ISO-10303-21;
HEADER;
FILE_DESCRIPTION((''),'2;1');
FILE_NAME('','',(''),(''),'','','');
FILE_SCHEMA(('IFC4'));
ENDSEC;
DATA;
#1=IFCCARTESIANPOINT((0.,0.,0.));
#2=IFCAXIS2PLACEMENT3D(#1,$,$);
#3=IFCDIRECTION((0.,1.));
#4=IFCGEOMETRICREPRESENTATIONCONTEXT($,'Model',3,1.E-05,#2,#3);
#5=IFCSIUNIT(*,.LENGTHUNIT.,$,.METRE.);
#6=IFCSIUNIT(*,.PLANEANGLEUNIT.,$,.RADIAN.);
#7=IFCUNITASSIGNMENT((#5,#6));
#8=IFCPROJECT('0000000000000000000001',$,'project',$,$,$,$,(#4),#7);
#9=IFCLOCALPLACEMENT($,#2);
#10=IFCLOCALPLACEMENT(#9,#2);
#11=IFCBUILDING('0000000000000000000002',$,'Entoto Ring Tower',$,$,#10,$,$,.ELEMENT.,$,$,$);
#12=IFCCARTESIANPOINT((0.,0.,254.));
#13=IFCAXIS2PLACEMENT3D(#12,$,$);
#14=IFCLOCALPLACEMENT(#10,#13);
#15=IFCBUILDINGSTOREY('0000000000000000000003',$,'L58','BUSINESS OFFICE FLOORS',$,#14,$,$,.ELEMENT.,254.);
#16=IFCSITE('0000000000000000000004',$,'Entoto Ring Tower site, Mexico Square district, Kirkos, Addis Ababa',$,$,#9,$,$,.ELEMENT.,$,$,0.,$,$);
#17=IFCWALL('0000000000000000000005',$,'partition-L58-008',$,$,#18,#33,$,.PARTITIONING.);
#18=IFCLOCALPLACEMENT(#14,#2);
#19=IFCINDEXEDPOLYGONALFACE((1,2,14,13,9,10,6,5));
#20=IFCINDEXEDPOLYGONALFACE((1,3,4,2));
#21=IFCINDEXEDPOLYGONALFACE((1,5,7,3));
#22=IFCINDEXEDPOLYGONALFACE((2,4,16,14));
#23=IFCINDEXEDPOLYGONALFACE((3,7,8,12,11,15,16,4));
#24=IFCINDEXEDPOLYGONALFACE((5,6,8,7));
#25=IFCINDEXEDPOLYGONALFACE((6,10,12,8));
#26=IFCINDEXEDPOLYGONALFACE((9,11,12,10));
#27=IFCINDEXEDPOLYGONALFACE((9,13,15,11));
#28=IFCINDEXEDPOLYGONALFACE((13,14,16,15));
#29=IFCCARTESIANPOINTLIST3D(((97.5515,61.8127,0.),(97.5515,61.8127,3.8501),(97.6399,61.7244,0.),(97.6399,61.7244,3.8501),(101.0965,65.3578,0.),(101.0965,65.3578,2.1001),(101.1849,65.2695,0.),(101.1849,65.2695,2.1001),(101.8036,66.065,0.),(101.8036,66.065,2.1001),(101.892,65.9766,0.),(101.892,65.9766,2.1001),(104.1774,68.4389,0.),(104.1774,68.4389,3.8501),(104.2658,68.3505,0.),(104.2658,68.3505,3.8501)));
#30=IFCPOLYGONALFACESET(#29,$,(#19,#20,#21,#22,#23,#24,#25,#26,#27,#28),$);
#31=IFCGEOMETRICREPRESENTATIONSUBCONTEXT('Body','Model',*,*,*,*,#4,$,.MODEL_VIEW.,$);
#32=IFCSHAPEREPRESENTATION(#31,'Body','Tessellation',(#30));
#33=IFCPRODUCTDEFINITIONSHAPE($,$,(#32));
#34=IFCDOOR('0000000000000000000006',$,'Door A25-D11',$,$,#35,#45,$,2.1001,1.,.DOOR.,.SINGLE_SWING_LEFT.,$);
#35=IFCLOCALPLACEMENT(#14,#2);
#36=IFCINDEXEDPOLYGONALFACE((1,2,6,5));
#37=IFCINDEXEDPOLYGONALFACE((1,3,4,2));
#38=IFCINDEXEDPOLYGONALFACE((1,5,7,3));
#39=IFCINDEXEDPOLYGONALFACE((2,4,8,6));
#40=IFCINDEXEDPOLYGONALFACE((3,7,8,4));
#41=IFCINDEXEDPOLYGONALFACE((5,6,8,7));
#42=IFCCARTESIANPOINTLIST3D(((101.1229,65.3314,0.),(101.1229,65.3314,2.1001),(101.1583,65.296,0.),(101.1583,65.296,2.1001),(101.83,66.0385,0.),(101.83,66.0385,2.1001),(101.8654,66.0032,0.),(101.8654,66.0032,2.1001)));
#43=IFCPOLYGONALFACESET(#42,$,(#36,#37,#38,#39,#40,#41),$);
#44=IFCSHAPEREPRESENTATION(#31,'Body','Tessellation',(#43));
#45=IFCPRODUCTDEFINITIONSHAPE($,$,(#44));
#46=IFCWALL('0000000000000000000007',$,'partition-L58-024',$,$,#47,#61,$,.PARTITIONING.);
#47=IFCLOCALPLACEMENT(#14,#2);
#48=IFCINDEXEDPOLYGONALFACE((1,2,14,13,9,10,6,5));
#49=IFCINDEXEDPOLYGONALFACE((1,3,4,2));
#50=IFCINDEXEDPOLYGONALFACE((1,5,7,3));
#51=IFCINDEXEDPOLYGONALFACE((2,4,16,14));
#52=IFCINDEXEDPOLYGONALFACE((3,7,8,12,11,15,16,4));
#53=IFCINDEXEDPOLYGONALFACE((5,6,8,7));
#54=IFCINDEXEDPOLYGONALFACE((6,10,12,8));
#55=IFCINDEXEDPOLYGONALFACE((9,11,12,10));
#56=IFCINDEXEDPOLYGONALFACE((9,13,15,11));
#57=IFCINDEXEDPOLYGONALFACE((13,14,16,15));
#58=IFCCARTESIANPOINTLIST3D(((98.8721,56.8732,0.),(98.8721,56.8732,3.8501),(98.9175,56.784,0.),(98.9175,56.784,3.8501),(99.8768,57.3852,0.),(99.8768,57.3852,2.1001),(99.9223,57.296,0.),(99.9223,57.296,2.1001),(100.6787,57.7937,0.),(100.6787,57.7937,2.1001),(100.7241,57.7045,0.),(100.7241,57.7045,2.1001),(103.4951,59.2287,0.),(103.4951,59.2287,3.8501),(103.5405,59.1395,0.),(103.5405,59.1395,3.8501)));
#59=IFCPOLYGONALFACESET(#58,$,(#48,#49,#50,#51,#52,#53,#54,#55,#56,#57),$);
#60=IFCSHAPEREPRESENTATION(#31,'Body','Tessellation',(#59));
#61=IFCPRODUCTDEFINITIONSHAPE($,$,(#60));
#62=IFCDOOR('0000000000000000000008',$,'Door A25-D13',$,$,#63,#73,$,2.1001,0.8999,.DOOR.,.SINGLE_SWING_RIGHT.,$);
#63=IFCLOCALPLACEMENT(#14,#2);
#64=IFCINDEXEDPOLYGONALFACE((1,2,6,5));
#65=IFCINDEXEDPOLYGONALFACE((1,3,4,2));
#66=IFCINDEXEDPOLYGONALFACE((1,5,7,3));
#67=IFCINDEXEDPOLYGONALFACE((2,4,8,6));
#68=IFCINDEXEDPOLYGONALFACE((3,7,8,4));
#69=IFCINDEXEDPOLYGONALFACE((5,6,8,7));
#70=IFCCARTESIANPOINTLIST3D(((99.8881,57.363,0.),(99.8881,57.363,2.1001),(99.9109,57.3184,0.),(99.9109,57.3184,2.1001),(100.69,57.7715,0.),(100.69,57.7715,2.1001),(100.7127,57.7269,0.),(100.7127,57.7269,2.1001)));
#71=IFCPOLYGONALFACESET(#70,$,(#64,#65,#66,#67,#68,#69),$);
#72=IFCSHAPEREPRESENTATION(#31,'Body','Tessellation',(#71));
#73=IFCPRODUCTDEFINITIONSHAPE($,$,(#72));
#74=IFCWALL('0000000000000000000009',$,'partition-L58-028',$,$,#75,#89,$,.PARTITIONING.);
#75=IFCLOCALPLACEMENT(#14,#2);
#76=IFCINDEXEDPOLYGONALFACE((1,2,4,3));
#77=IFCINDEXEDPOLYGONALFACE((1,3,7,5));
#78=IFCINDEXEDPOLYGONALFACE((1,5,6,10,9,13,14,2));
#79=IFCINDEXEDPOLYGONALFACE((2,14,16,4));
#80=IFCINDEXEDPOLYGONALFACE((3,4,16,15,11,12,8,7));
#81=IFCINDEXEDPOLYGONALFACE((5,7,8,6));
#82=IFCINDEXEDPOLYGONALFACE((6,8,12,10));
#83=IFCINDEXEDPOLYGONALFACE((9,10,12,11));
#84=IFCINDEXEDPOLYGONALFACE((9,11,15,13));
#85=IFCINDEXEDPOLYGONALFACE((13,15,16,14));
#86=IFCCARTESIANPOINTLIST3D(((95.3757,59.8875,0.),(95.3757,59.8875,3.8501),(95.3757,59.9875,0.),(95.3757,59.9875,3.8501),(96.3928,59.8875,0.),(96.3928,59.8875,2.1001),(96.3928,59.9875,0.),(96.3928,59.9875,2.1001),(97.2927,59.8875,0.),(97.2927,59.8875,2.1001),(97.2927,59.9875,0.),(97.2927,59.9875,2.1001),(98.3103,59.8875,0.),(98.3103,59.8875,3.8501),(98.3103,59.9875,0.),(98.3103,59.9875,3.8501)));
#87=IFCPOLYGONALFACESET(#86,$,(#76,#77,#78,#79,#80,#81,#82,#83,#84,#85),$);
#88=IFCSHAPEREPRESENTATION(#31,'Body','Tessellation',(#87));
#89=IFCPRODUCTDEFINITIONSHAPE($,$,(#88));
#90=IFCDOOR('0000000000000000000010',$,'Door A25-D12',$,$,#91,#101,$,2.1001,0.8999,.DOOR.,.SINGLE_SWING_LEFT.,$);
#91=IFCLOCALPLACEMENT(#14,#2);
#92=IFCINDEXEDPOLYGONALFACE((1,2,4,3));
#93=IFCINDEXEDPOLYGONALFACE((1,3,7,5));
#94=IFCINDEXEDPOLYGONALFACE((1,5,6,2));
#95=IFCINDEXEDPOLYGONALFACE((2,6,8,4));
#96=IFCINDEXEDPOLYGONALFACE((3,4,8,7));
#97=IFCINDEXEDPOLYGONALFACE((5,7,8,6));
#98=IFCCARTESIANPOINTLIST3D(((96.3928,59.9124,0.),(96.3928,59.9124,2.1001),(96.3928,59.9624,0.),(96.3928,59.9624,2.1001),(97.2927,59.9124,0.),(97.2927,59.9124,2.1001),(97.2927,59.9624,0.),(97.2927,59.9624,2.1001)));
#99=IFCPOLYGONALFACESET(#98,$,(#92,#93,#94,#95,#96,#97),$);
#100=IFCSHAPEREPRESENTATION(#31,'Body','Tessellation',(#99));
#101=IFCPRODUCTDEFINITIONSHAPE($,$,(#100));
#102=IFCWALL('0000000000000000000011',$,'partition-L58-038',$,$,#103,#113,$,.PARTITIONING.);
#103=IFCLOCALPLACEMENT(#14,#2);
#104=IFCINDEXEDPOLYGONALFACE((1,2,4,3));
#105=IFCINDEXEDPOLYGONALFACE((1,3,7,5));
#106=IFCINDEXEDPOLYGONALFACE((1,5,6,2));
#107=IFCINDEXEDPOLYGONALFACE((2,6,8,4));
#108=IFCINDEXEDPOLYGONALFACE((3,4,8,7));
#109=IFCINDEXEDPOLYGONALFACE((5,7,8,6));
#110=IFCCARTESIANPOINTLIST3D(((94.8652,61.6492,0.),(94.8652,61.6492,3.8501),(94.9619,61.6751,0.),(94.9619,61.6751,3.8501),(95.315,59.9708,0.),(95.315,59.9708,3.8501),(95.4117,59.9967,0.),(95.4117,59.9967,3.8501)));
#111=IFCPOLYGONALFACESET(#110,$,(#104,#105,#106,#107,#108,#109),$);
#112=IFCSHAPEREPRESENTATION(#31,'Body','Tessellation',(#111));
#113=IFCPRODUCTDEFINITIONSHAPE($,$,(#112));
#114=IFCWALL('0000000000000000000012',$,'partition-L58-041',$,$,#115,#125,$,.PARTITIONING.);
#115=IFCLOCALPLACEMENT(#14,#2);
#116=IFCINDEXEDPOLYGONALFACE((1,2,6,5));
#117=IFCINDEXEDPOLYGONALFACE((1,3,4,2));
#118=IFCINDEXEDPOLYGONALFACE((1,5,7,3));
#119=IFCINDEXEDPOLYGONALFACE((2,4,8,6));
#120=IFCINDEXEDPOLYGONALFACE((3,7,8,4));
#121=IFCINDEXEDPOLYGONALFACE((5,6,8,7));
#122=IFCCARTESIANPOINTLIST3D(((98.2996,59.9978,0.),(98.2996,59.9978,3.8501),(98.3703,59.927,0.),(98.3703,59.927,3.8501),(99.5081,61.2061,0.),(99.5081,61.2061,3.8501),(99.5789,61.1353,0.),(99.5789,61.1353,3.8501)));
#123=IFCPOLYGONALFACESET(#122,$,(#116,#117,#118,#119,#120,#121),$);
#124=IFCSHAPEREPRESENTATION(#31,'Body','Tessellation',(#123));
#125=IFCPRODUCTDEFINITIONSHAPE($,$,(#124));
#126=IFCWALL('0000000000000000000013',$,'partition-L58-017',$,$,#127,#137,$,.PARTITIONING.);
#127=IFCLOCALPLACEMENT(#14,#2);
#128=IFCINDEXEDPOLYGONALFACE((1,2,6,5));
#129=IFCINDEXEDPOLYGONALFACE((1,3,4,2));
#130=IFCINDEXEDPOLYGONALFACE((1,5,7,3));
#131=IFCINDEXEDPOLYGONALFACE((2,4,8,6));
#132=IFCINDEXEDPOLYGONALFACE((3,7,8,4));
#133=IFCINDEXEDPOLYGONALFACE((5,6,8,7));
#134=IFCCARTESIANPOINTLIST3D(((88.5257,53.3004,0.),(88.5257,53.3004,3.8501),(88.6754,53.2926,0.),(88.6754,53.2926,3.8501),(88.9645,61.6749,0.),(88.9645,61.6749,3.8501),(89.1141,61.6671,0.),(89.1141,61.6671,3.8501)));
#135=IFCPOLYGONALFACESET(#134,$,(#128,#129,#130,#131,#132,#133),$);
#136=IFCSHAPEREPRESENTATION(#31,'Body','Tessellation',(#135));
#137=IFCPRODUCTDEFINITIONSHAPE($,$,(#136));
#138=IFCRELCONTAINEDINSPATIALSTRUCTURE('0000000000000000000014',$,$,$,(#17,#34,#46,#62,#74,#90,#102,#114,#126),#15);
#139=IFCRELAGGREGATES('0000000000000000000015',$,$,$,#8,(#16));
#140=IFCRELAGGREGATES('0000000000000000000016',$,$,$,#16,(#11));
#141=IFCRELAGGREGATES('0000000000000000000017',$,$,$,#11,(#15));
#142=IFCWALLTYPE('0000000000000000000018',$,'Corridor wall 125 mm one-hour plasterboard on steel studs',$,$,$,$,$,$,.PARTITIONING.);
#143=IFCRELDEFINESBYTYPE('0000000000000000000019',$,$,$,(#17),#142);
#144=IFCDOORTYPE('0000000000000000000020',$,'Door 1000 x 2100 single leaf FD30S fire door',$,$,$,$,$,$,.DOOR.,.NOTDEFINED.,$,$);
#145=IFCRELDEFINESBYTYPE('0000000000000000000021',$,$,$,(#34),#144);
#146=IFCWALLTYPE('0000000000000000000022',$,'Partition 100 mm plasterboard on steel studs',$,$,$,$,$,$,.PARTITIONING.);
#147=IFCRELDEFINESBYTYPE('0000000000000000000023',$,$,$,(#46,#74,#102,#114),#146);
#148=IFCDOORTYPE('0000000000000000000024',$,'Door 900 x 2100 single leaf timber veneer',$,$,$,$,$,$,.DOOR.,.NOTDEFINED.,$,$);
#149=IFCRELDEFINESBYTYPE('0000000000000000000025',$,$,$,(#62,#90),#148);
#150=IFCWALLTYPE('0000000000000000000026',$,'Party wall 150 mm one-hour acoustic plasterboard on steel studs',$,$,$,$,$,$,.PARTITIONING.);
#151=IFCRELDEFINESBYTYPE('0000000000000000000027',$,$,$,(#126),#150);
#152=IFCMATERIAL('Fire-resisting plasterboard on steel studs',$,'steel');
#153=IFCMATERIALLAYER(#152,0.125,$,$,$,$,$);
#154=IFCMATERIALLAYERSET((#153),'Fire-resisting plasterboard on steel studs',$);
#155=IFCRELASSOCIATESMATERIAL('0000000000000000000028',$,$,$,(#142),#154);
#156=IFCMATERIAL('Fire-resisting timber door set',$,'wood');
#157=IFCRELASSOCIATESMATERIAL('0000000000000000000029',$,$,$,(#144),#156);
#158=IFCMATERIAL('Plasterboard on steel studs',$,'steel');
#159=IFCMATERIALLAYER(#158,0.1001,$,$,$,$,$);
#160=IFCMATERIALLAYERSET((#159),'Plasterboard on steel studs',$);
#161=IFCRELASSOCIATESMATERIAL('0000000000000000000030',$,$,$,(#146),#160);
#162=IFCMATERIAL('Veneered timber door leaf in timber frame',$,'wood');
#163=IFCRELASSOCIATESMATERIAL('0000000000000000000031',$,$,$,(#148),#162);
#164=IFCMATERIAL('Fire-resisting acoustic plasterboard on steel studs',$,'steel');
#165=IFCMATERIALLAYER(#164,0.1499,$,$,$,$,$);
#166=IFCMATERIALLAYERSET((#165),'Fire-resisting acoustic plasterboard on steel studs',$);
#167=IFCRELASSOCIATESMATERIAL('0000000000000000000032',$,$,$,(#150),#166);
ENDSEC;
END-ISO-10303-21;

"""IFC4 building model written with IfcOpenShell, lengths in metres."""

from ifc_helpers import new_model, si_unit, direction, frame, frame_2d, origin, place, context, subcontext, project, spatial, rectangle, extrude, material, layer, layer_set, type_object, element, fill, save


model = new_model("IFC4")

# Units and contexts
model_context = context("Model", 3, precision=1e-05, world=origin(), true_north=direction((0.0, 1.0)))
body_context = subcontext(model_context, "Body", "Model", "MODEL_VIEW")
ifc_project = project(units=[si_unit("LENGTHUNIT", "METRE"), si_unit("PLANEANGLEUNIT", "RADIAN")], contexts=[model_context])

# Site, building, storey
site_placement = place(None, origin())
site = spatial("IfcSite", under=ifc_project, at=site_placement, Name="Entoto Ring Tower site, Mexico Square district, Kirkos, Addis Ababa", CompositionType="ELEMENT", RefElevation=0.0)
building_placement = place(site_placement, origin())
building = spatial("IfcBuilding", under=site, at=building_placement, Name="Entoto Ring Tower", CompositionType="ELEMENT")
storey_placement = place(building_placement, frame((0.0, 0.0, 254.0)))
storey = spatial("IfcBuildingStorey", under=building, at=storey_placement, Name="L58", Description="BUSINESS OFFICE FLOORS", CompositionType="ELEMENT", Elevation=254.0)

# Walls, openings, doors
ifc_material_1 = material(Name="Fire-resisting plasterboard on steel studs", Category="steel")
ifc_layer_1 = layer(ifc_material_1, 0.125)
ifc_layer_set_1 = layer_set([ifc_layer_1], Name="Fire-resisting plasterboard on steel studs")
wall_type_1 = type_object("IfcWallType", Name="Corridor wall 125 mm one-hour plasterboard on steel studs", PredefinedType="PARTITIONING", material=ifc_layer_set_1)
wall_1_placement = place(storey_placement, frame((97.5957, 61.7686, 0.0), z_axis=(0.0, 0.0, 1.0), x_axis=(0.707094, 0.70712, 0.0)))
wall_1 = element("IfcWall", 1, at=wall_1_placement, inside=storey, type_object=wall_type_1, Name="partition-L58-008", PredefinedType="PARTITIONING", context=body_context, shape_type="SweptSolid", body=[
    extrude(rectangle(XDim=9.3706, YDim=0.125, at=frame_2d((4.6853, 0.0))), origin(), (0.0, 0.0, 1.0), 3.8501),
])
opening_1_placement = place(wall_1_placement, frame((5.0134, 0.0, 0.0)))
opening_1 = element("IfcOpeningElement", 2, at=opening_1_placement, cuts=wall_1, PredefinedType="OPENING", context=body_context, shape_type="SweptSolid", body=[
    extrude(rectangle(XDim=1.0, YDim=2.1001, at=frame_2d((0.5, 1.05))), frame((0.0, 0.0725, 0.0), z_axis=(0.0, -1.0, 0.0), x_axis=(1.0, 0.0, 0.0)), (0.0, 0.0, 1.0), 0.145),
])
ifc_material_2 = material(Name="Fire-resisting timber door set", Category="wood")
door_type_1 = type_object("IfcDoorType", Name="Door 1000 x 2100 single leaf FD30S fire door", OperationType="NOTDEFINED", PredefinedType="DOOR", material=ifc_material_2)
door_1_placement = place(opening_1_placement, frame((1.0, 0.0, 0.0), z_axis=(0.0, 0.0, 1.0), x_axis=(-1.0, 0.0, 0.0)))
door_1 = element("IfcDoor", 3, at=door_1_placement, inside=storey, type_object=door_type_1, Name="Door A25-D11", OperationType="SINGLE_SWING_LEFT", OverallHeight=2.1001, OverallWidth=1.0, PredefinedType="DOOR", context=body_context, shape_type="SweptSolid", body=[
    extrude(rectangle(XDim=1.0, YDim=2.1001, at=frame_2d((0.5, 1.05))), frame((0.0, 0.0249, 0.0), z_axis=(0.0, -1.0, 0.0), x_axis=(1.0, 0.0, 0.0)), (0.0, 0.0, 1.0), 0.05),
])
fill(opening_1, door_1)
ifc_material_3 = material(Name="Plasterboard on steel studs", Category="steel")
ifc_layer_2 = layer(ifc_material_3, 0.1001)
ifc_layer_set_2 = layer_set([ifc_layer_2], Name="Plasterboard on steel studs")
wall_type_2 = type_object("IfcWallType", Name="Partition 100 mm plasterboard on steel studs", PredefinedType="PARTITIONING", material=ifc_layer_set_2)
wall_2_placement = place(storey_placement, frame((98.8948, 56.8286, 0.0), z_axis=(0.0, 0.0, 1.0), x_axis=(0.891014, 0.453977, 0.0)))
wall_2 = element("IfcWall", 4, at=wall_2_placement, inside=storey, type_object=wall_type_2, Name="partition-L58-024", PredefinedType="PARTITIONING", context=body_context, shape_type="SweptSolid", body=[
    extrude(rectangle(XDim=5.1885, YDim=0.1001, at=frame_2d((2.5942, 0.0))), origin(), (0.0, 0.0, 1.0), 3.8501),
])
opening_2_placement = place(wall_2_placement, frame((1.1277, 0.0, 0.0)))
opening_2 = element("IfcOpeningElement", 5, at=opening_2_placement, cuts=wall_2, PredefinedType="OPENING", context=body_context, shape_type="SweptSolid", body=[
    extrude(rectangle(XDim=0.8999, YDim=2.1001, at=frame_2d((0.45, 1.05))), frame((0.0, 0.0601, 0.0), z_axis=(0.0, -1.0, 0.0), x_axis=(1.0, 0.0, 0.0)), (0.0, 0.0, 1.0), 0.1201),
])
ifc_material_4 = material(Name="Veneered timber door leaf in timber frame", Category="wood")
door_type_2 = type_object("IfcDoorType", Name="Door 900 x 2100 single leaf timber veneer", OperationType="NOTDEFINED", PredefinedType="DOOR", material=ifc_material_4)
door_2_placement = place(opening_2_placement, frame((0.8999, 0.0, 0.0), z_axis=(0.0, 0.0, 1.0), x_axis=(-1.0, 0.0, 0.0)))
door_2 = element("IfcDoor", 6, at=door_2_placement, inside=storey, type_object=door_type_2, Name="Door A25-D13", OperationType="SINGLE_SWING_RIGHT", OverallHeight=2.1001, OverallWidth=0.8999, PredefinedType="DOOR", context=body_context, shape_type="SweptSolid", body=[
    extrude(rectangle(XDim=0.8999, YDim=2.1001, at=frame_2d((0.45, 1.05))), frame((0.0, 0.0249, 0.0), z_axis=(0.0, -1.0, 0.0), x_axis=(1.0, 0.0, 0.0)), (0.0, 0.0, 1.0), 0.05),
])
fill(opening_2, door_2)
wall_3_placement = place(storey_placement, frame((95.3757, 59.9375, 0.0), z_axis=(0.0, 0.0, 1.0), x_axis=(1.0, 0.0, 0.0)))
wall_3 = element("IfcWall", 7, at=wall_3_placement, inside=storey, type_object=wall_type_2, Name="partition-L58-028", PredefinedType="PARTITIONING", context=body_context, shape_type="SweptSolid", body=[
    extrude(rectangle(XDim=2.9346, YDim=0.1001, at=frame_2d((1.4673, 0.0))), origin(), (0.0, 0.0, 1.0), 3.8501),
])
opening_3_placement = place(wall_3_placement, frame((1.0171, 0.0, 0.0)))
opening_3 = element("IfcOpeningElement", 8, at=opening_3_placement, cuts=wall_3, PredefinedType="OPENING", context=body_context, shape_type="SweptSolid", body=[
    extrude(rectangle(XDim=0.8999, YDim=2.1001, at=frame_2d((0.45, 1.05))), frame((0.0, 0.0601, 0.0), z_axis=(0.0, -1.0, 0.0), x_axis=(1.0, 0.0, 0.0)), (0.0, 0.0, 1.0), 0.1201),
])
door_3_placement = place(opening_3_placement, origin())
door_3 = element("IfcDoor", 9, at=door_3_placement, inside=storey, type_object=door_type_2, Name="Door A25-D12", OperationType="SINGLE_SWING_LEFT", OverallHeight=2.1001, OverallWidth=0.8999, PredefinedType="DOOR", context=body_context, shape_type="SweptSolid", body=[
    extrude(rectangle(XDim=0.8999, YDim=2.1001, at=frame_2d((0.45, 1.05))), frame((0.0, 0.0249, 0.0), z_axis=(0.0, -1.0, 0.0), x_axis=(1.0, 0.0, 0.0)), (0.0, 0.0, 1.0), 0.05),
])
fill(opening_3, door_3)

# Walls
wall_4_placement = place(storey_placement, frame((95.3633, 59.9839, 0.0), z_axis=(0.0, 0.0, 1.0), x_axis=(-0.258834, 0.965922, 0.0)))
element("IfcWall", 10, at=wall_4_placement, inside=storey, type_object=wall_type_2, Name="partition-L58-038", PredefinedType="PARTITIONING", context=body_context, shape_type="SweptSolid", body=[
    extrude(rectangle(XDim=1.7375, YDim=0.1001, at=frame_2d((0.8687, 0.0))), origin(), (0.0, 0.0, 1.0), 3.8501),
])
wall_5_placement = place(storey_placement, frame((98.335, 59.9624, 0.0), z_axis=(0.0, 0.0, 1.0), x_axis=(0.707178, 0.707035, 0.0)))
element("IfcWall", 11, at=wall_5_placement, inside=storey, type_object=wall_type_2, Name="partition-L58-041", PredefinedType="PARTITIONING", context=body_context, shape_type="SweptSolid", body=[
    extrude(rectangle(XDim=1.709, YDim=0.1001, at=frame_2d((0.8545, 0.0))), origin(), (0.0, 0.0, 1.0), 3.8501),
])
ifc_material_5 = material(Name="Fire-resisting acoustic plasterboard on steel studs", Category="steel")
ifc_layer_3 = layer(ifc_material_5, 0.1499)
ifc_layer_set_3 = layer_set([ifc_layer_3], Name="Fire-resisting acoustic plasterboard on steel studs")
wall_type_3 = type_object("IfcWallType", Name="Party wall 150 mm one-hour acoustic plasterboard on steel studs", PredefinedType="PARTITIONING", material=ifc_layer_set_3)
wall_6_placement = place(storey_placement, frame((88.6006, 53.2966, 0.0), z_axis=(0.0, 0.0, 1.0), x_axis=(0.052316, 0.998631, 0.0)))
element("IfcWall", 12, at=wall_6_placement, inside=storey, type_object=wall_type_3, Name="partition-L58-017", PredefinedType="PARTITIONING", context=body_context, shape_type="SweptSolid", body=[
    extrude(rectangle(XDim=8.386, YDim=0.1499, at=frame_2d((4.1929, 0.0))), origin(), (0.0, 0.0, 1.0), 3.8501),
])

save(model, "model.ifc")
